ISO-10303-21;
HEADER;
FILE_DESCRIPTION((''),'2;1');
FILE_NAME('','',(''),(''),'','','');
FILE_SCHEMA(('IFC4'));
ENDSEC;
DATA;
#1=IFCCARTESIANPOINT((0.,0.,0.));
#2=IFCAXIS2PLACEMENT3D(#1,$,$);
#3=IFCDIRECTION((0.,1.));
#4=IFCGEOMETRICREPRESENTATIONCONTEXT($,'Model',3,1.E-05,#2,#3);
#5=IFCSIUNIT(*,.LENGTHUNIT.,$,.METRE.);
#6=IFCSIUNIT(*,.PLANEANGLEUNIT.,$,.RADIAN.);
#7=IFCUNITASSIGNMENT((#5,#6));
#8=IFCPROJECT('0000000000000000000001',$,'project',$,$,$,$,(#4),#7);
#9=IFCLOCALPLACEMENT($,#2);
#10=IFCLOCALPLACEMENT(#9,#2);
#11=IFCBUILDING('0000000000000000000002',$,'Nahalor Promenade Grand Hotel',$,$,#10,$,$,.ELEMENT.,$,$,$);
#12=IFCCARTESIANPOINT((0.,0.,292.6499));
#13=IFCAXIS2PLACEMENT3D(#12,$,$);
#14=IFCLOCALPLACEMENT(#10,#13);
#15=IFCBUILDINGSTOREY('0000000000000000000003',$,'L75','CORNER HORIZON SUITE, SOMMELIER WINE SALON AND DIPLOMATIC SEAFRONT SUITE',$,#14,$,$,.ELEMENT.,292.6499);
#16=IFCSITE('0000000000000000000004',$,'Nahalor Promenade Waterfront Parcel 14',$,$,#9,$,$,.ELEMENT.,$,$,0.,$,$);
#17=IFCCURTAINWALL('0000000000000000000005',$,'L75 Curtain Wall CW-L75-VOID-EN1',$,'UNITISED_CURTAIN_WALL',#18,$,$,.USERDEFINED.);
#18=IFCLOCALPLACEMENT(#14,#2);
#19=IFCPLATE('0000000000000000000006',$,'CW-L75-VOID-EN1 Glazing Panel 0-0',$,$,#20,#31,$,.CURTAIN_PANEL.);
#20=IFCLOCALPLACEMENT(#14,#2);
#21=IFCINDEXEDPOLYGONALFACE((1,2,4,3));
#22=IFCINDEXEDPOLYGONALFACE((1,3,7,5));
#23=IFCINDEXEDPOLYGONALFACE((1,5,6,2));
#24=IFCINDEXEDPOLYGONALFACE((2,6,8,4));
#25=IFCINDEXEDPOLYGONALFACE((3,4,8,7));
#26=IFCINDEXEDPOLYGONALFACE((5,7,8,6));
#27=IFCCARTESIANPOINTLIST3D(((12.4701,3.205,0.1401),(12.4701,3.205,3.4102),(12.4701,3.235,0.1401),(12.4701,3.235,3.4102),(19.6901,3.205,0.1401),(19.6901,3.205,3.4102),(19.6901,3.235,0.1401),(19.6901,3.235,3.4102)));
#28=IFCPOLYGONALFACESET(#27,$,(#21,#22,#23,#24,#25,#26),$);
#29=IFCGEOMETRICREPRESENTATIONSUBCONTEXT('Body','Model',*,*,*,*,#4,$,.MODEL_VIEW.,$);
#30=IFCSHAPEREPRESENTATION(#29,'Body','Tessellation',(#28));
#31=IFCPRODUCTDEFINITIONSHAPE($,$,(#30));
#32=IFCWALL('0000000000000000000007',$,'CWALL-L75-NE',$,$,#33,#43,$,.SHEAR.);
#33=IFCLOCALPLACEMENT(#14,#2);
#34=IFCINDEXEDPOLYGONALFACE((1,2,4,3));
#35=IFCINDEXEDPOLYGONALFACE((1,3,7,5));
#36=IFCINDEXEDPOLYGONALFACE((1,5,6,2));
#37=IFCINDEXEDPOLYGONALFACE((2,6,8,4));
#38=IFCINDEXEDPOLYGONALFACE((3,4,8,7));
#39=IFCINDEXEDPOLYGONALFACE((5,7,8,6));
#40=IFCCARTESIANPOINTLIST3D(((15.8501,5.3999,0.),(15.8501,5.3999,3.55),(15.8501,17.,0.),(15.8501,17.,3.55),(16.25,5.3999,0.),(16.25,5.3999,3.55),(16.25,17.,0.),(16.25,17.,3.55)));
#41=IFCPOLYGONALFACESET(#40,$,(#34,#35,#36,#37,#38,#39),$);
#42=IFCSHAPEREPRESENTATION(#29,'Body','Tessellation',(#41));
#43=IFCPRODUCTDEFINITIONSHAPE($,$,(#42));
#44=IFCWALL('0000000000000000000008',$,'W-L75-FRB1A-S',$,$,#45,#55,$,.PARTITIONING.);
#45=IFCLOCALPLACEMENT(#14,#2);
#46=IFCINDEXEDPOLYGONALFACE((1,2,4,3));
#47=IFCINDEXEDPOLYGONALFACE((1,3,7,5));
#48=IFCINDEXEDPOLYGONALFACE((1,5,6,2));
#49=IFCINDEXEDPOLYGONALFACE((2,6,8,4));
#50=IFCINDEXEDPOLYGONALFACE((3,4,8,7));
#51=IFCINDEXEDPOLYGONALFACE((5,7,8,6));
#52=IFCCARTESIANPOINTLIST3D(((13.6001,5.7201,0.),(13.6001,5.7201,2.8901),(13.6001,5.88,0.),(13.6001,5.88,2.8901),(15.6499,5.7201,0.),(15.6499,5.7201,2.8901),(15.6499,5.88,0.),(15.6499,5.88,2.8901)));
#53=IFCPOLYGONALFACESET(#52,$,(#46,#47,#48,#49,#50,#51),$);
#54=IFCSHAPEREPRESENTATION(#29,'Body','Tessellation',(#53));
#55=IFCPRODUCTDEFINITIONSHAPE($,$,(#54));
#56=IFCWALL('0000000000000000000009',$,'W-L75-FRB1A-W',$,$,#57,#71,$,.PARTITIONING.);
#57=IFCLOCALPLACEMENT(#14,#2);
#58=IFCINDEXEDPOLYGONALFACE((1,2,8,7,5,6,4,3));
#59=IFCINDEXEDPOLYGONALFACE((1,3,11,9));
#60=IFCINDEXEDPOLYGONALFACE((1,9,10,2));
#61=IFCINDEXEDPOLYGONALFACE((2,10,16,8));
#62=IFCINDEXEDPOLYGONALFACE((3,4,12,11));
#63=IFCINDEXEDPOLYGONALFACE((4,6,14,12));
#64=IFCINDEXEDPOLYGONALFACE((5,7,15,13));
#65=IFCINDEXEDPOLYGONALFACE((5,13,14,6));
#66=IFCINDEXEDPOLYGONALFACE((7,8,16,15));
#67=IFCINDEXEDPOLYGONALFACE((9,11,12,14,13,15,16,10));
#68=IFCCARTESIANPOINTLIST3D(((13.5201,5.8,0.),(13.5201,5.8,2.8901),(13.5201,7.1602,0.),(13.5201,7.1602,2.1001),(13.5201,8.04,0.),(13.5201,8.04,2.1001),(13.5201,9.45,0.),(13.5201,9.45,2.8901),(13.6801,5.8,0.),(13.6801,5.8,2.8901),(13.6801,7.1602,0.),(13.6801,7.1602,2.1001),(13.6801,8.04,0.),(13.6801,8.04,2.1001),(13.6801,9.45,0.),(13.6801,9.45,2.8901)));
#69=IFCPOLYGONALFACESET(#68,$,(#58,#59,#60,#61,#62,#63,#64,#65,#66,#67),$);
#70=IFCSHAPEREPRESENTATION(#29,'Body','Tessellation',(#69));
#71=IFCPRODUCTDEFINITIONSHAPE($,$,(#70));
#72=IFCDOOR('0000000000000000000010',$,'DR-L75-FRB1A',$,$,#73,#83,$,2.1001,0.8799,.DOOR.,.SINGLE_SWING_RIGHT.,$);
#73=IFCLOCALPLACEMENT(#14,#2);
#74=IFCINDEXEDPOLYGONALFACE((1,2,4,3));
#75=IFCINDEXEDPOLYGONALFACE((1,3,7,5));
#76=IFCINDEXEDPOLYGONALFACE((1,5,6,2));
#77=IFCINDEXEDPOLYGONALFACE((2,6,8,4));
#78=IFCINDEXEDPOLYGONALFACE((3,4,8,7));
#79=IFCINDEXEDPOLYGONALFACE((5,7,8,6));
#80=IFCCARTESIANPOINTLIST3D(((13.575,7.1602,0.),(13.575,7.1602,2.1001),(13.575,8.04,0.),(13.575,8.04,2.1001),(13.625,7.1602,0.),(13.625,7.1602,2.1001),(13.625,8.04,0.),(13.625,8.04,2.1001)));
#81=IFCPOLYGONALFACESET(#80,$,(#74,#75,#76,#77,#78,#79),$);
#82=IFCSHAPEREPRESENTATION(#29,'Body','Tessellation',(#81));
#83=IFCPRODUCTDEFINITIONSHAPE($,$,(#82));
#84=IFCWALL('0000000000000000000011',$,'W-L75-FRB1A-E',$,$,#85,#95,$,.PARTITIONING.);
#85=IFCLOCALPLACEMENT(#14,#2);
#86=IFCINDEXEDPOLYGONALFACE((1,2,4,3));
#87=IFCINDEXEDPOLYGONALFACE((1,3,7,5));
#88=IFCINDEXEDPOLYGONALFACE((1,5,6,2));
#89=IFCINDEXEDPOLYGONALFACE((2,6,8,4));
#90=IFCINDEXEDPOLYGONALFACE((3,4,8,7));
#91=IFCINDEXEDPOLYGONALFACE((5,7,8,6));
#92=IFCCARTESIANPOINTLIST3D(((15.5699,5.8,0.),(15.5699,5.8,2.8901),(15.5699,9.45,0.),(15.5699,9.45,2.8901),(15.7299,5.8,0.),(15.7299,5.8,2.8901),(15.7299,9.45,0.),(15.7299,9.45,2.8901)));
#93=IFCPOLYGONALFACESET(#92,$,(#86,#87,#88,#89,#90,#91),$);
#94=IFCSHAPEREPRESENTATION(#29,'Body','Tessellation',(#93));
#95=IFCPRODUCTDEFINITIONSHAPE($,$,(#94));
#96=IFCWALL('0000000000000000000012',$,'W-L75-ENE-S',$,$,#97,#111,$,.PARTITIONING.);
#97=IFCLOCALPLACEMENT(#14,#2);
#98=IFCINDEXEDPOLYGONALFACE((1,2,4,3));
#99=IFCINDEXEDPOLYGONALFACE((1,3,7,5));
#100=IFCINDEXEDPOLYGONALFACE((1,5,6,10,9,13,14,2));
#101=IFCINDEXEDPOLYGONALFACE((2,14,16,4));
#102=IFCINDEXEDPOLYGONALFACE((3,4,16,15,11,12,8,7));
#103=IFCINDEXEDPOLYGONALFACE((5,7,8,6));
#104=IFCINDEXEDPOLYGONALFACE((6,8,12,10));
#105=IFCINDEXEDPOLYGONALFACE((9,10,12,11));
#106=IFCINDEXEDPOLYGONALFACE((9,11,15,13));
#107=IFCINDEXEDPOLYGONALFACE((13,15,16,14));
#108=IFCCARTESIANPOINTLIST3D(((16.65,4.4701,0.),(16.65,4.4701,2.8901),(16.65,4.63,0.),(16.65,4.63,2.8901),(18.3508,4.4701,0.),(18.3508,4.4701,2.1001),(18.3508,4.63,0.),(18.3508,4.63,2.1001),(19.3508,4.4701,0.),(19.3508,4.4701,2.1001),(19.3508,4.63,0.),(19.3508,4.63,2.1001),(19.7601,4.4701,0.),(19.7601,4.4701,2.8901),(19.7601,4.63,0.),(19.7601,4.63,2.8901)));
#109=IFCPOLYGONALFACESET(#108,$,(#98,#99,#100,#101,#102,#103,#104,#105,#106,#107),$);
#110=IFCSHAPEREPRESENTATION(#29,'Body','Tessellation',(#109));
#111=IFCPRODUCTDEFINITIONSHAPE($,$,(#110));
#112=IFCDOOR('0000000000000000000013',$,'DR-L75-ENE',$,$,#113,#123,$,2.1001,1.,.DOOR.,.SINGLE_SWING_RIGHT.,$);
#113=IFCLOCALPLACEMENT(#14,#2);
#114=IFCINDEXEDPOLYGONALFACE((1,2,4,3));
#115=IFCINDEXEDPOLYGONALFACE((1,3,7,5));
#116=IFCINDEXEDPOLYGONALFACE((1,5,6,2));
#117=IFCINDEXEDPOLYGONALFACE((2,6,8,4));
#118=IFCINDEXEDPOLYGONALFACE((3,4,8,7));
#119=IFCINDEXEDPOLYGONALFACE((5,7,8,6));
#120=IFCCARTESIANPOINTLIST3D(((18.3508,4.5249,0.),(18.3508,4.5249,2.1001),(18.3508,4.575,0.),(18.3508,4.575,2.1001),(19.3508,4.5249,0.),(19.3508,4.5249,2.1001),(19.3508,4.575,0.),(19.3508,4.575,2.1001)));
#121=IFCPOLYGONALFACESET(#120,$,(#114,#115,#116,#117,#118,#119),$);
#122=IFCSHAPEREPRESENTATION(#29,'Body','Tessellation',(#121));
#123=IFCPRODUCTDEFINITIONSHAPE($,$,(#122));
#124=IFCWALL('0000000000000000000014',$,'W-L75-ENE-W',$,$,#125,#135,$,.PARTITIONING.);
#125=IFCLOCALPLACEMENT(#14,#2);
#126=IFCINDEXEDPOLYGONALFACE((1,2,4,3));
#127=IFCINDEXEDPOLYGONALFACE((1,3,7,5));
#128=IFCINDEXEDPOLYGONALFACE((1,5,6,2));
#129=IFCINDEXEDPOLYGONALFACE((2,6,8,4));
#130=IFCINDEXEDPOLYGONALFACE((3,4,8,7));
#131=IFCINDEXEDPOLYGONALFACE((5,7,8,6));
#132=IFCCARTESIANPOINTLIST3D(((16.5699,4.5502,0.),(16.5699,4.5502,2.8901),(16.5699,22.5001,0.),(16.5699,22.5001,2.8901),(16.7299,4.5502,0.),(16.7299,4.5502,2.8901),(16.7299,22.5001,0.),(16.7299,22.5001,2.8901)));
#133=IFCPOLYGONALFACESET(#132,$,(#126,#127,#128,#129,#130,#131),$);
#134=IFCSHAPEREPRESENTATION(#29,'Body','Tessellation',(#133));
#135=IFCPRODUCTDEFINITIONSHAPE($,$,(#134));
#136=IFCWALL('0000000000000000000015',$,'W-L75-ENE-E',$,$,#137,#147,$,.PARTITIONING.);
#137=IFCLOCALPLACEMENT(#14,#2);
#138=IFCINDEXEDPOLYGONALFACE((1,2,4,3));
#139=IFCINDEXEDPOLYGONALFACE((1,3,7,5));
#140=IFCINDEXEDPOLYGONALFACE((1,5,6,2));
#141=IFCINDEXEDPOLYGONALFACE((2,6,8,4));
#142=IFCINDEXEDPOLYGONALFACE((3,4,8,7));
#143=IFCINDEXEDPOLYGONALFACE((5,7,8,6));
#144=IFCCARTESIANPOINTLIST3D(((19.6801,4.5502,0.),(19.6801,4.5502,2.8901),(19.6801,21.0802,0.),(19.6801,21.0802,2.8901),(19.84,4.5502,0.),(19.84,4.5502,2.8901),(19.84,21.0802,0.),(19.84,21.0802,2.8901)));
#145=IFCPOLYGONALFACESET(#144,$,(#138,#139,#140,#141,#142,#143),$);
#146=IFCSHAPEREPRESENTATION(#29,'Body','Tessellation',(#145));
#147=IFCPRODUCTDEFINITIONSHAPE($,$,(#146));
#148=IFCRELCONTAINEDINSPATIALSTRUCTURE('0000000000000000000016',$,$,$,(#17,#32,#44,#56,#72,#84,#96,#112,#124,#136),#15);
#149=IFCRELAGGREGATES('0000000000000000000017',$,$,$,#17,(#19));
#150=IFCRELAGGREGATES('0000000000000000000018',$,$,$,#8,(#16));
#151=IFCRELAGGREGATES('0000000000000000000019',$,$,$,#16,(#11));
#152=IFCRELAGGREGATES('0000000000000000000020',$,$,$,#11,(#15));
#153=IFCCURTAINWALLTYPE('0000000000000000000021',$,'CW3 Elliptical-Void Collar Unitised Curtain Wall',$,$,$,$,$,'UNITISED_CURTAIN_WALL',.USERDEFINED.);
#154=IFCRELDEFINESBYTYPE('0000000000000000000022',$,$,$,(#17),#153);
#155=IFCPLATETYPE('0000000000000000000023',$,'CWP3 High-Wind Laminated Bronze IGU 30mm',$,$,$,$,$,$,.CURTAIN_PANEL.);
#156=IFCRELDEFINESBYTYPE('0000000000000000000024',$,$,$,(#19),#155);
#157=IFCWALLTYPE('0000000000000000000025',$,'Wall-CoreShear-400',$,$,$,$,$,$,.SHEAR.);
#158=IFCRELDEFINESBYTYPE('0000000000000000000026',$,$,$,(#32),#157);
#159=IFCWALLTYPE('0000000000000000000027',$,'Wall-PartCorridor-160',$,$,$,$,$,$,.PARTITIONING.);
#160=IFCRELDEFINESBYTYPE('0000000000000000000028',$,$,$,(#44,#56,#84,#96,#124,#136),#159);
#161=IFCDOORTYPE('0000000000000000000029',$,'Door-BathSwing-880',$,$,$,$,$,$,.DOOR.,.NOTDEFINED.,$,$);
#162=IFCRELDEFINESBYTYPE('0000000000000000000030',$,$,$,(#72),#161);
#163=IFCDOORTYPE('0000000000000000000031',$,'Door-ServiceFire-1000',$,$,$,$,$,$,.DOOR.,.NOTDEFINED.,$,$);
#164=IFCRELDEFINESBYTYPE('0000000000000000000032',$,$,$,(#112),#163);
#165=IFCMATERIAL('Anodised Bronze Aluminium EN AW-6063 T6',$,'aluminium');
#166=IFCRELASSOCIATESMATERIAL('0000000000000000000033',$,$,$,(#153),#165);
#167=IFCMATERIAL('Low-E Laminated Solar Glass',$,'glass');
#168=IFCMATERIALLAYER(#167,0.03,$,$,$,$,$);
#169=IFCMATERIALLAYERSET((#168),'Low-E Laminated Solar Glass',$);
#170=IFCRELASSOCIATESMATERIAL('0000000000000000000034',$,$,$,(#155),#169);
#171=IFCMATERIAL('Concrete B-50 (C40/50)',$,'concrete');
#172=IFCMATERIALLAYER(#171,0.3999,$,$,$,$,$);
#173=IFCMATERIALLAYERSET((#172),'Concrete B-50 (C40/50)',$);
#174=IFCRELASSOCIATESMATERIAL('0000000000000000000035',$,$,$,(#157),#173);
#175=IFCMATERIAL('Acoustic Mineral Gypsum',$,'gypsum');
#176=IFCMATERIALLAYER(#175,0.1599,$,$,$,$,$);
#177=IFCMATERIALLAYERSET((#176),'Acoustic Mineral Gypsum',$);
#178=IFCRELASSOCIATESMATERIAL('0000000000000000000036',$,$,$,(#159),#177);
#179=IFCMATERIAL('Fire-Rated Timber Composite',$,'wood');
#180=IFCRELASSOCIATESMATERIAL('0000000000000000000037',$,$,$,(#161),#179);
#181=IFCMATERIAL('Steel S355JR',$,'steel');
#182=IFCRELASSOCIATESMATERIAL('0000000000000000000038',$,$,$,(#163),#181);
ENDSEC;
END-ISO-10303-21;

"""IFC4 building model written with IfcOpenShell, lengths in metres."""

from ifc_helpers import new_model, si_unit, direction, frame, frame_2d, origin, origin_2d, place, context, subcontext, project, spatial, rectangle, extrude, source, transform, mapped, material, layer, layer_set, type_object, element, fill, aggregate, save


model = new_model("IFC4")

# Units and contexts
model_context = context("Model", 3, precision=1e-05, world=origin(), true_north=direction((0.0, 1.0)))
body_context = subcontext(model_context, "Body", "Model", "MODEL_VIEW")
ifc_project = project(units=[si_unit("LENGTHUNIT", "METRE"), si_unit("PLANEANGLEUNIT", "RADIAN")], contexts=[model_context])

# Site, building, storey
site_placement = place(None, origin())
site = spatial("IfcSite", under=ifc_project, at=site_placement, Name="Nahalor Promenade Waterfront Parcel 14", CompositionType="ELEMENT", RefElevation=0.0)
building_placement = place(site_placement, origin())
building = spatial("IfcBuilding", under=site, at=building_placement, Name="Nahalor Promenade Grand Hotel", CompositionType="ELEMENT")
storey_placement = place(building_placement, frame((0.0, 0.0, 292.6499)))
storey = spatial("IfcBuildingStorey", under=building, at=storey_placement, Name="L75", Description="CORNER HORIZON SUITE, SOMMELIER WINE SALON AND DIPLOMATIC SEAFRONT SUITE", CompositionType="ELEMENT", Elevation=292.6499)

# Shared definitions
ifc_material_1 = material(Name="Steel S355JR", Category="steel")

# Curtain wall
ifc_material_2 = material(Name="Anodised Bronze Aluminium EN AW-6063 T6", Category="aluminium")
curtain_wall_type = type_object("IfcCurtainWallType", Name="CW3 Elliptical-Void Collar Unitised Curtain Wall", ElementType="UNITISED_CURTAIN_WALL", PredefinedType="USERDEFINED", material=ifc_material_2)
curtain_wall_1_placement = place(storey_placement, origin())
curtain_wall_1 = element("IfcCurtainWall", 1, at=curtain_wall_1_placement, inside=storey, type_object=curtain_wall_type, Name="L75 Curtain Wall CW-L75-VOID-EN1", ObjectType="UNITISED_CURTAIN_WALL", PredefinedType="USERDEFINED")

# Plate
ifc_material_3 = material(Name="Low-E Laminated Solar Glass", Category="glass")
ifc_layer_1 = layer(ifc_material_3, 0.03)
ifc_layer_set_1 = layer_set([ifc_layer_1], Name="Low-E Laminated Solar Glass")
plate_type_1 = type_object("IfcPlateType", Name="CWP3 High-Wind Laminated Bronze IGU 30mm", PredefinedType="CURTAIN_PANEL", material=ifc_layer_set_1)
shared_shape_1 = source(origin(), body_context, "Body", "SweptSolid", [
    extrude(rectangle(XDim=7.22, YDim=0.03, at=origin_2d()), origin(), (0.0, 0.0, 1.0), 3.27),
])
plate_1_placement = place(storey_placement, frame((16.0801, 3.22, 0.1401), z_axis=(0.0, 0.0, 1.0), x_axis=(1.0, 0.0, 0.0)))
plate_1 = element("IfcPlate", 2, at=plate_1_placement, type_object=plate_type_1, Name="CW-L75-VOID-EN1 Glazing Panel 0-0", PredefinedType="CURTAIN_PANEL", context=body_context, shape_type="MappedRepresentation", body=[
    mapped(shared_shape_1, transform((0.0, 0.0, 0.0), scale=1.0)),
])
aggregate(curtain_wall_1, [plate_1])

# Walls
ifc_material_4 = material(Name="Concrete B-50 (C40/50)", Category="concrete")
ifc_layer_2 = layer(ifc_material_4, 0.3999)
ifc_layer_set_2 = layer_set([ifc_layer_2], Name="Concrete B-50 (C40/50)")
wall_type_1 = type_object("IfcWallType", Name="Wall-CoreShear-400", PredefinedType="SHEAR", material=ifc_layer_set_2)
shared_shape_2 = source(origin(), body_context, "Body", "SweptSolid", [
    extrude(rectangle(XDim=11.6001, YDim=0.3999, at=frame_2d((5.8, 0.0))), origin(), (0.0, 0.0, 1.0), 3.55),
])
wall_1_placement = place(storey_placement, frame((16.05, 5.3999, 0.0), z_axis=(0.0, 0.0, 1.0), x_axis=(0.0, 1.0, 0.0)))
element("IfcWall", 3, at=wall_1_placement, inside=storey, type_object=wall_type_1, Name="CWALL-L75-NE", PredefinedType="SHEAR", context=body_context, shape_type="MappedRepresentation", body=[
    mapped(shared_shape_2, transform((0.0, 0.0, 0.0), scale=1.0)),
])
ifc_material_5 = material(Name="Acoustic Mineral Gypsum", Category="gypsum")
ifc_layer_3 = layer(ifc_material_5, 0.1599)
ifc_layer_set_3 = layer_set([ifc_layer_3], Name="Acoustic Mineral Gypsum")
wall_type_2 = type_object("IfcWallType", Name="Wall-PartCorridor-160", PredefinedType="PARTITIONING", material=ifc_layer_set_3)
shared_shape_3 = source(origin(), body_context, "Body", "SweptSolid", [
    extrude(rectangle(XDim=2.0498, YDim=0.1599, at=frame_2d((1.0249, 0.0))), origin(), (0.0, 0.0, 1.0), 2.8901),
])
wall_2_placement = place(storey_placement, frame((13.6001, 5.8, 0.0), z_axis=(0.0, 0.0, 1.0), x_axis=(1.0, 0.0, 0.0)))
element("IfcWall", 4, at=wall_2_placement, inside=storey, type_object=wall_type_2, Name="W-L75-FRB1A-S", PredefinedType="PARTITIONING", context=body_context, shape_type="MappedRepresentation", body=[
    mapped(shared_shape_3, transform((0.0, 0.0, 0.0), scale=1.0)),
])

# Wall, opening, door
shared_shape_4 = source(origin(), body_context, "Body", "SweptSolid", [
    extrude(rectangle(XDim=3.6499, YDim=0.1599, at=frame_2d((1.825, 0.0))), origin(), (0.0, 0.0, 1.0), 2.8901),
])
wall_3_placement = place(storey_placement, frame((13.6001, 5.8, 0.0), z_axis=(0.0, 0.0, 1.0), x_axis=(0.0, 1.0, 0.0)))
wall_3 = element("IfcWall", 5, at=wall_3_placement, inside=storey, type_object=wall_type_2, Name="W-L75-FRB1A-W", PredefinedType="PARTITIONING", context=body_context, shape_type="MappedRepresentation", body=[
    mapped(shared_shape_4, transform((0.0, 0.0, 0.0), scale=1.0)),
])
opening_1_placement = place(wall_3_placement, frame((1.3601, 0.0, 0.0)))
opening_1 = element("IfcOpeningElement", 6, at=opening_1_placement, cuts=wall_3, PredefinedType="OPENING", context=body_context, shape_type="SweptSolid", body=[
    extrude(rectangle(XDim=0.8799, YDim=2.1001, at=frame_2d((0.4399, 1.05))), frame((0.0, 0.0898, 0.0), z_axis=(0.0, -1.0, 0.0), x_axis=(1.0, 0.0, 0.0)), (0.0, 0.0, 1.0), 0.1799),
])
ifc_material_6 = material(Name="Fire-Rated Timber Composite", Category="wood")
door_type_1 = type_object("IfcDoorType", Name="Door-BathSwing-880", OperationType="NOTDEFINED", PredefinedType="DOOR", material=ifc_material_6)
shared_shape_5 = source(origin(), body_context, "Body", "SweptSolid", [
    extrude(rectangle(XDim=0.8799, YDim=2.1001, at=frame_2d((0.4399, 1.05))), frame((0.0, 0.0249, 0.0), z_axis=(0.0, -1.0, 0.0), x_axis=(1.0, 0.0, 0.0)), (0.0, 0.0, 1.0), 0.05),
])
door_1_placement = place(opening_1_placement, frame((0.8799, 0.0, 0.0), z_axis=(0.0, 0.0, 1.0), x_axis=(-1.0, 0.0, 0.0)))
door_1 = element("IfcDoor", 7, at=door_1_placement, inside=storey, type_object=door_type_1, Name="DR-L75-FRB1A", OperationType="SINGLE_SWING_RIGHT", OverallHeight=2.1001, OverallWidth=0.8799, PredefinedType="DOOR", context=body_context, shape_type="MappedRepresentation", body=[
    mapped(shared_shape_5, transform((0.0, 0.0, 0.0), scale=1.0)),
])
fill(opening_1, door_1)

# Wall
wall_4_placement = place(storey_placement, frame((15.6499, 5.8, 0.0), z_axis=(0.0, 0.0, 1.0), x_axis=(0.0, 1.0, 0.0)))
element("IfcWall", 8, at=wall_4_placement, inside=storey, type_object=wall_type_2, Name="W-L75-FRB1A-E", PredefinedType="PARTITIONING", context=body_context, shape_type="MappedRepresentation", body=[
    mapped(shared_shape_4, transform((0.0, 0.0, 0.0), scale=1.0)),
])

# Wall, opening, door
shared_shape_6 = source(origin(), body_context, "Body", "SweptSolid", [
    extrude(rectangle(XDim=3.1101, YDim=0.1599, at=frame_2d((1.5552, 0.0))), origin(), (0.0, 0.0, 1.0), 2.8901),
])
wall_5_placement = place(storey_placement, frame((16.6499, 4.55, 0.0), z_axis=(0.0, 0.0, 1.0), x_axis=(1.0, 0.0, 0.0)))
wall_5 = element("IfcWall", 9, at=wall_5_placement, inside=storey, type_object=wall_type_2, Name="W-L75-ENE-S", PredefinedType="PARTITIONING", context=body_context, shape_type="MappedRepresentation", body=[
    mapped(shared_shape_6, transform((0.0, 0.0, 0.0), scale=1.0)),
])
opening_2_placement = place(wall_5_placement, frame((1.7009, 0.0, 0.0)))
opening_2 = element("IfcOpeningElement", 10, at=opening_2_placement, cuts=wall_5, PredefinedType="OPENING", context=body_context, shape_type="SweptSolid", body=[
    extrude(rectangle(XDim=1.0, YDim=2.1001, at=frame_2d((0.5, 1.05))), frame((0.0, 0.0898, 0.0), z_axis=(0.0, -1.0, 0.0), x_axis=(1.0, 0.0, 0.0)), (0.0, 0.0, 1.0), 0.1799),
])
door_type_2 = type_object("IfcDoorType", Name="Door-ServiceFire-1000", OperationType="NOTDEFINED", PredefinedType="DOOR", material=ifc_material_1)
shared_shape_7 = source(origin(), body_context, "Body", "SweptSolid", [
    extrude(rectangle(XDim=1.0, YDim=2.1001, at=frame_2d((0.5, 1.05))), frame((0.0, 0.0249, 0.0), z_axis=(0.0, -1.0, 0.0), x_axis=(1.0, 0.0, 0.0)), (0.0, 0.0, 1.0), 0.05),
])
door_2_placement = place(opening_2_placement, origin())
door_2 = element("IfcDoor", 11, at=door_2_placement, inside=storey, type_object=door_type_2, Name="DR-L75-ENE", OperationType="SINGLE_SWING_RIGHT", OverallHeight=2.1001, OverallWidth=1.0, PredefinedType="DOOR", context=body_context, shape_type="MappedRepresentation", body=[
    mapped(shared_shape_7, transform((0.0, 0.0, 0.0), scale=1.0)),
])
fill(opening_2, door_2)

# Walls
shared_shape_8 = source(origin(), body_context, "Body", "SweptSolid", [
    extrude(rectangle(XDim=17.95, YDim=0.1599, at=frame_2d((8.9751, 0.0))), origin(), (0.0, 0.0, 1.0), 2.8901),
])
wall_6_placement = place(storey_placement, frame((16.6499, 4.55, 0.0), z_axis=(0.0, 0.0, 1.0), x_axis=(0.0, 1.0, 0.0)))
element("IfcWall", 12, at=wall_6_placement, inside=storey, type_object=wall_type_2, Name="W-L75-ENE-W", PredefinedType="PARTITIONING", context=body_context, shape_type="MappedRepresentation", body=[
    mapped(shared_shape_8, transform((0.0, 0.0, 0.0), scale=1.0)),
])
shared_shape_9 = source(origin(), body_context, "Body", "SweptSolid", [
    extrude(rectangle(XDim=16.53, YDim=0.1599, at=frame_2d((8.2651, 0.0))), origin(), (0.0, 0.0, 1.0), 2.8901),
])
wall_7_placement = place(storey_placement, frame((19.76, 4.55, 0.0), z_axis=(0.0, 0.0, 1.0), x_axis=(0.0, 1.0, 0.0)))
element("IfcWall", 13, at=wall_7_placement, inside=storey, type_object=wall_type_2, Name="W-L75-ENE-E", PredefinedType="PARTITIONING", context=body_context, shape_type="MappedRepresentation", body=[
    mapped(shared_shape_9, transform((0.0, 0.0, 0.0), scale=1.0)),
])

save(model, "model.ifc")
